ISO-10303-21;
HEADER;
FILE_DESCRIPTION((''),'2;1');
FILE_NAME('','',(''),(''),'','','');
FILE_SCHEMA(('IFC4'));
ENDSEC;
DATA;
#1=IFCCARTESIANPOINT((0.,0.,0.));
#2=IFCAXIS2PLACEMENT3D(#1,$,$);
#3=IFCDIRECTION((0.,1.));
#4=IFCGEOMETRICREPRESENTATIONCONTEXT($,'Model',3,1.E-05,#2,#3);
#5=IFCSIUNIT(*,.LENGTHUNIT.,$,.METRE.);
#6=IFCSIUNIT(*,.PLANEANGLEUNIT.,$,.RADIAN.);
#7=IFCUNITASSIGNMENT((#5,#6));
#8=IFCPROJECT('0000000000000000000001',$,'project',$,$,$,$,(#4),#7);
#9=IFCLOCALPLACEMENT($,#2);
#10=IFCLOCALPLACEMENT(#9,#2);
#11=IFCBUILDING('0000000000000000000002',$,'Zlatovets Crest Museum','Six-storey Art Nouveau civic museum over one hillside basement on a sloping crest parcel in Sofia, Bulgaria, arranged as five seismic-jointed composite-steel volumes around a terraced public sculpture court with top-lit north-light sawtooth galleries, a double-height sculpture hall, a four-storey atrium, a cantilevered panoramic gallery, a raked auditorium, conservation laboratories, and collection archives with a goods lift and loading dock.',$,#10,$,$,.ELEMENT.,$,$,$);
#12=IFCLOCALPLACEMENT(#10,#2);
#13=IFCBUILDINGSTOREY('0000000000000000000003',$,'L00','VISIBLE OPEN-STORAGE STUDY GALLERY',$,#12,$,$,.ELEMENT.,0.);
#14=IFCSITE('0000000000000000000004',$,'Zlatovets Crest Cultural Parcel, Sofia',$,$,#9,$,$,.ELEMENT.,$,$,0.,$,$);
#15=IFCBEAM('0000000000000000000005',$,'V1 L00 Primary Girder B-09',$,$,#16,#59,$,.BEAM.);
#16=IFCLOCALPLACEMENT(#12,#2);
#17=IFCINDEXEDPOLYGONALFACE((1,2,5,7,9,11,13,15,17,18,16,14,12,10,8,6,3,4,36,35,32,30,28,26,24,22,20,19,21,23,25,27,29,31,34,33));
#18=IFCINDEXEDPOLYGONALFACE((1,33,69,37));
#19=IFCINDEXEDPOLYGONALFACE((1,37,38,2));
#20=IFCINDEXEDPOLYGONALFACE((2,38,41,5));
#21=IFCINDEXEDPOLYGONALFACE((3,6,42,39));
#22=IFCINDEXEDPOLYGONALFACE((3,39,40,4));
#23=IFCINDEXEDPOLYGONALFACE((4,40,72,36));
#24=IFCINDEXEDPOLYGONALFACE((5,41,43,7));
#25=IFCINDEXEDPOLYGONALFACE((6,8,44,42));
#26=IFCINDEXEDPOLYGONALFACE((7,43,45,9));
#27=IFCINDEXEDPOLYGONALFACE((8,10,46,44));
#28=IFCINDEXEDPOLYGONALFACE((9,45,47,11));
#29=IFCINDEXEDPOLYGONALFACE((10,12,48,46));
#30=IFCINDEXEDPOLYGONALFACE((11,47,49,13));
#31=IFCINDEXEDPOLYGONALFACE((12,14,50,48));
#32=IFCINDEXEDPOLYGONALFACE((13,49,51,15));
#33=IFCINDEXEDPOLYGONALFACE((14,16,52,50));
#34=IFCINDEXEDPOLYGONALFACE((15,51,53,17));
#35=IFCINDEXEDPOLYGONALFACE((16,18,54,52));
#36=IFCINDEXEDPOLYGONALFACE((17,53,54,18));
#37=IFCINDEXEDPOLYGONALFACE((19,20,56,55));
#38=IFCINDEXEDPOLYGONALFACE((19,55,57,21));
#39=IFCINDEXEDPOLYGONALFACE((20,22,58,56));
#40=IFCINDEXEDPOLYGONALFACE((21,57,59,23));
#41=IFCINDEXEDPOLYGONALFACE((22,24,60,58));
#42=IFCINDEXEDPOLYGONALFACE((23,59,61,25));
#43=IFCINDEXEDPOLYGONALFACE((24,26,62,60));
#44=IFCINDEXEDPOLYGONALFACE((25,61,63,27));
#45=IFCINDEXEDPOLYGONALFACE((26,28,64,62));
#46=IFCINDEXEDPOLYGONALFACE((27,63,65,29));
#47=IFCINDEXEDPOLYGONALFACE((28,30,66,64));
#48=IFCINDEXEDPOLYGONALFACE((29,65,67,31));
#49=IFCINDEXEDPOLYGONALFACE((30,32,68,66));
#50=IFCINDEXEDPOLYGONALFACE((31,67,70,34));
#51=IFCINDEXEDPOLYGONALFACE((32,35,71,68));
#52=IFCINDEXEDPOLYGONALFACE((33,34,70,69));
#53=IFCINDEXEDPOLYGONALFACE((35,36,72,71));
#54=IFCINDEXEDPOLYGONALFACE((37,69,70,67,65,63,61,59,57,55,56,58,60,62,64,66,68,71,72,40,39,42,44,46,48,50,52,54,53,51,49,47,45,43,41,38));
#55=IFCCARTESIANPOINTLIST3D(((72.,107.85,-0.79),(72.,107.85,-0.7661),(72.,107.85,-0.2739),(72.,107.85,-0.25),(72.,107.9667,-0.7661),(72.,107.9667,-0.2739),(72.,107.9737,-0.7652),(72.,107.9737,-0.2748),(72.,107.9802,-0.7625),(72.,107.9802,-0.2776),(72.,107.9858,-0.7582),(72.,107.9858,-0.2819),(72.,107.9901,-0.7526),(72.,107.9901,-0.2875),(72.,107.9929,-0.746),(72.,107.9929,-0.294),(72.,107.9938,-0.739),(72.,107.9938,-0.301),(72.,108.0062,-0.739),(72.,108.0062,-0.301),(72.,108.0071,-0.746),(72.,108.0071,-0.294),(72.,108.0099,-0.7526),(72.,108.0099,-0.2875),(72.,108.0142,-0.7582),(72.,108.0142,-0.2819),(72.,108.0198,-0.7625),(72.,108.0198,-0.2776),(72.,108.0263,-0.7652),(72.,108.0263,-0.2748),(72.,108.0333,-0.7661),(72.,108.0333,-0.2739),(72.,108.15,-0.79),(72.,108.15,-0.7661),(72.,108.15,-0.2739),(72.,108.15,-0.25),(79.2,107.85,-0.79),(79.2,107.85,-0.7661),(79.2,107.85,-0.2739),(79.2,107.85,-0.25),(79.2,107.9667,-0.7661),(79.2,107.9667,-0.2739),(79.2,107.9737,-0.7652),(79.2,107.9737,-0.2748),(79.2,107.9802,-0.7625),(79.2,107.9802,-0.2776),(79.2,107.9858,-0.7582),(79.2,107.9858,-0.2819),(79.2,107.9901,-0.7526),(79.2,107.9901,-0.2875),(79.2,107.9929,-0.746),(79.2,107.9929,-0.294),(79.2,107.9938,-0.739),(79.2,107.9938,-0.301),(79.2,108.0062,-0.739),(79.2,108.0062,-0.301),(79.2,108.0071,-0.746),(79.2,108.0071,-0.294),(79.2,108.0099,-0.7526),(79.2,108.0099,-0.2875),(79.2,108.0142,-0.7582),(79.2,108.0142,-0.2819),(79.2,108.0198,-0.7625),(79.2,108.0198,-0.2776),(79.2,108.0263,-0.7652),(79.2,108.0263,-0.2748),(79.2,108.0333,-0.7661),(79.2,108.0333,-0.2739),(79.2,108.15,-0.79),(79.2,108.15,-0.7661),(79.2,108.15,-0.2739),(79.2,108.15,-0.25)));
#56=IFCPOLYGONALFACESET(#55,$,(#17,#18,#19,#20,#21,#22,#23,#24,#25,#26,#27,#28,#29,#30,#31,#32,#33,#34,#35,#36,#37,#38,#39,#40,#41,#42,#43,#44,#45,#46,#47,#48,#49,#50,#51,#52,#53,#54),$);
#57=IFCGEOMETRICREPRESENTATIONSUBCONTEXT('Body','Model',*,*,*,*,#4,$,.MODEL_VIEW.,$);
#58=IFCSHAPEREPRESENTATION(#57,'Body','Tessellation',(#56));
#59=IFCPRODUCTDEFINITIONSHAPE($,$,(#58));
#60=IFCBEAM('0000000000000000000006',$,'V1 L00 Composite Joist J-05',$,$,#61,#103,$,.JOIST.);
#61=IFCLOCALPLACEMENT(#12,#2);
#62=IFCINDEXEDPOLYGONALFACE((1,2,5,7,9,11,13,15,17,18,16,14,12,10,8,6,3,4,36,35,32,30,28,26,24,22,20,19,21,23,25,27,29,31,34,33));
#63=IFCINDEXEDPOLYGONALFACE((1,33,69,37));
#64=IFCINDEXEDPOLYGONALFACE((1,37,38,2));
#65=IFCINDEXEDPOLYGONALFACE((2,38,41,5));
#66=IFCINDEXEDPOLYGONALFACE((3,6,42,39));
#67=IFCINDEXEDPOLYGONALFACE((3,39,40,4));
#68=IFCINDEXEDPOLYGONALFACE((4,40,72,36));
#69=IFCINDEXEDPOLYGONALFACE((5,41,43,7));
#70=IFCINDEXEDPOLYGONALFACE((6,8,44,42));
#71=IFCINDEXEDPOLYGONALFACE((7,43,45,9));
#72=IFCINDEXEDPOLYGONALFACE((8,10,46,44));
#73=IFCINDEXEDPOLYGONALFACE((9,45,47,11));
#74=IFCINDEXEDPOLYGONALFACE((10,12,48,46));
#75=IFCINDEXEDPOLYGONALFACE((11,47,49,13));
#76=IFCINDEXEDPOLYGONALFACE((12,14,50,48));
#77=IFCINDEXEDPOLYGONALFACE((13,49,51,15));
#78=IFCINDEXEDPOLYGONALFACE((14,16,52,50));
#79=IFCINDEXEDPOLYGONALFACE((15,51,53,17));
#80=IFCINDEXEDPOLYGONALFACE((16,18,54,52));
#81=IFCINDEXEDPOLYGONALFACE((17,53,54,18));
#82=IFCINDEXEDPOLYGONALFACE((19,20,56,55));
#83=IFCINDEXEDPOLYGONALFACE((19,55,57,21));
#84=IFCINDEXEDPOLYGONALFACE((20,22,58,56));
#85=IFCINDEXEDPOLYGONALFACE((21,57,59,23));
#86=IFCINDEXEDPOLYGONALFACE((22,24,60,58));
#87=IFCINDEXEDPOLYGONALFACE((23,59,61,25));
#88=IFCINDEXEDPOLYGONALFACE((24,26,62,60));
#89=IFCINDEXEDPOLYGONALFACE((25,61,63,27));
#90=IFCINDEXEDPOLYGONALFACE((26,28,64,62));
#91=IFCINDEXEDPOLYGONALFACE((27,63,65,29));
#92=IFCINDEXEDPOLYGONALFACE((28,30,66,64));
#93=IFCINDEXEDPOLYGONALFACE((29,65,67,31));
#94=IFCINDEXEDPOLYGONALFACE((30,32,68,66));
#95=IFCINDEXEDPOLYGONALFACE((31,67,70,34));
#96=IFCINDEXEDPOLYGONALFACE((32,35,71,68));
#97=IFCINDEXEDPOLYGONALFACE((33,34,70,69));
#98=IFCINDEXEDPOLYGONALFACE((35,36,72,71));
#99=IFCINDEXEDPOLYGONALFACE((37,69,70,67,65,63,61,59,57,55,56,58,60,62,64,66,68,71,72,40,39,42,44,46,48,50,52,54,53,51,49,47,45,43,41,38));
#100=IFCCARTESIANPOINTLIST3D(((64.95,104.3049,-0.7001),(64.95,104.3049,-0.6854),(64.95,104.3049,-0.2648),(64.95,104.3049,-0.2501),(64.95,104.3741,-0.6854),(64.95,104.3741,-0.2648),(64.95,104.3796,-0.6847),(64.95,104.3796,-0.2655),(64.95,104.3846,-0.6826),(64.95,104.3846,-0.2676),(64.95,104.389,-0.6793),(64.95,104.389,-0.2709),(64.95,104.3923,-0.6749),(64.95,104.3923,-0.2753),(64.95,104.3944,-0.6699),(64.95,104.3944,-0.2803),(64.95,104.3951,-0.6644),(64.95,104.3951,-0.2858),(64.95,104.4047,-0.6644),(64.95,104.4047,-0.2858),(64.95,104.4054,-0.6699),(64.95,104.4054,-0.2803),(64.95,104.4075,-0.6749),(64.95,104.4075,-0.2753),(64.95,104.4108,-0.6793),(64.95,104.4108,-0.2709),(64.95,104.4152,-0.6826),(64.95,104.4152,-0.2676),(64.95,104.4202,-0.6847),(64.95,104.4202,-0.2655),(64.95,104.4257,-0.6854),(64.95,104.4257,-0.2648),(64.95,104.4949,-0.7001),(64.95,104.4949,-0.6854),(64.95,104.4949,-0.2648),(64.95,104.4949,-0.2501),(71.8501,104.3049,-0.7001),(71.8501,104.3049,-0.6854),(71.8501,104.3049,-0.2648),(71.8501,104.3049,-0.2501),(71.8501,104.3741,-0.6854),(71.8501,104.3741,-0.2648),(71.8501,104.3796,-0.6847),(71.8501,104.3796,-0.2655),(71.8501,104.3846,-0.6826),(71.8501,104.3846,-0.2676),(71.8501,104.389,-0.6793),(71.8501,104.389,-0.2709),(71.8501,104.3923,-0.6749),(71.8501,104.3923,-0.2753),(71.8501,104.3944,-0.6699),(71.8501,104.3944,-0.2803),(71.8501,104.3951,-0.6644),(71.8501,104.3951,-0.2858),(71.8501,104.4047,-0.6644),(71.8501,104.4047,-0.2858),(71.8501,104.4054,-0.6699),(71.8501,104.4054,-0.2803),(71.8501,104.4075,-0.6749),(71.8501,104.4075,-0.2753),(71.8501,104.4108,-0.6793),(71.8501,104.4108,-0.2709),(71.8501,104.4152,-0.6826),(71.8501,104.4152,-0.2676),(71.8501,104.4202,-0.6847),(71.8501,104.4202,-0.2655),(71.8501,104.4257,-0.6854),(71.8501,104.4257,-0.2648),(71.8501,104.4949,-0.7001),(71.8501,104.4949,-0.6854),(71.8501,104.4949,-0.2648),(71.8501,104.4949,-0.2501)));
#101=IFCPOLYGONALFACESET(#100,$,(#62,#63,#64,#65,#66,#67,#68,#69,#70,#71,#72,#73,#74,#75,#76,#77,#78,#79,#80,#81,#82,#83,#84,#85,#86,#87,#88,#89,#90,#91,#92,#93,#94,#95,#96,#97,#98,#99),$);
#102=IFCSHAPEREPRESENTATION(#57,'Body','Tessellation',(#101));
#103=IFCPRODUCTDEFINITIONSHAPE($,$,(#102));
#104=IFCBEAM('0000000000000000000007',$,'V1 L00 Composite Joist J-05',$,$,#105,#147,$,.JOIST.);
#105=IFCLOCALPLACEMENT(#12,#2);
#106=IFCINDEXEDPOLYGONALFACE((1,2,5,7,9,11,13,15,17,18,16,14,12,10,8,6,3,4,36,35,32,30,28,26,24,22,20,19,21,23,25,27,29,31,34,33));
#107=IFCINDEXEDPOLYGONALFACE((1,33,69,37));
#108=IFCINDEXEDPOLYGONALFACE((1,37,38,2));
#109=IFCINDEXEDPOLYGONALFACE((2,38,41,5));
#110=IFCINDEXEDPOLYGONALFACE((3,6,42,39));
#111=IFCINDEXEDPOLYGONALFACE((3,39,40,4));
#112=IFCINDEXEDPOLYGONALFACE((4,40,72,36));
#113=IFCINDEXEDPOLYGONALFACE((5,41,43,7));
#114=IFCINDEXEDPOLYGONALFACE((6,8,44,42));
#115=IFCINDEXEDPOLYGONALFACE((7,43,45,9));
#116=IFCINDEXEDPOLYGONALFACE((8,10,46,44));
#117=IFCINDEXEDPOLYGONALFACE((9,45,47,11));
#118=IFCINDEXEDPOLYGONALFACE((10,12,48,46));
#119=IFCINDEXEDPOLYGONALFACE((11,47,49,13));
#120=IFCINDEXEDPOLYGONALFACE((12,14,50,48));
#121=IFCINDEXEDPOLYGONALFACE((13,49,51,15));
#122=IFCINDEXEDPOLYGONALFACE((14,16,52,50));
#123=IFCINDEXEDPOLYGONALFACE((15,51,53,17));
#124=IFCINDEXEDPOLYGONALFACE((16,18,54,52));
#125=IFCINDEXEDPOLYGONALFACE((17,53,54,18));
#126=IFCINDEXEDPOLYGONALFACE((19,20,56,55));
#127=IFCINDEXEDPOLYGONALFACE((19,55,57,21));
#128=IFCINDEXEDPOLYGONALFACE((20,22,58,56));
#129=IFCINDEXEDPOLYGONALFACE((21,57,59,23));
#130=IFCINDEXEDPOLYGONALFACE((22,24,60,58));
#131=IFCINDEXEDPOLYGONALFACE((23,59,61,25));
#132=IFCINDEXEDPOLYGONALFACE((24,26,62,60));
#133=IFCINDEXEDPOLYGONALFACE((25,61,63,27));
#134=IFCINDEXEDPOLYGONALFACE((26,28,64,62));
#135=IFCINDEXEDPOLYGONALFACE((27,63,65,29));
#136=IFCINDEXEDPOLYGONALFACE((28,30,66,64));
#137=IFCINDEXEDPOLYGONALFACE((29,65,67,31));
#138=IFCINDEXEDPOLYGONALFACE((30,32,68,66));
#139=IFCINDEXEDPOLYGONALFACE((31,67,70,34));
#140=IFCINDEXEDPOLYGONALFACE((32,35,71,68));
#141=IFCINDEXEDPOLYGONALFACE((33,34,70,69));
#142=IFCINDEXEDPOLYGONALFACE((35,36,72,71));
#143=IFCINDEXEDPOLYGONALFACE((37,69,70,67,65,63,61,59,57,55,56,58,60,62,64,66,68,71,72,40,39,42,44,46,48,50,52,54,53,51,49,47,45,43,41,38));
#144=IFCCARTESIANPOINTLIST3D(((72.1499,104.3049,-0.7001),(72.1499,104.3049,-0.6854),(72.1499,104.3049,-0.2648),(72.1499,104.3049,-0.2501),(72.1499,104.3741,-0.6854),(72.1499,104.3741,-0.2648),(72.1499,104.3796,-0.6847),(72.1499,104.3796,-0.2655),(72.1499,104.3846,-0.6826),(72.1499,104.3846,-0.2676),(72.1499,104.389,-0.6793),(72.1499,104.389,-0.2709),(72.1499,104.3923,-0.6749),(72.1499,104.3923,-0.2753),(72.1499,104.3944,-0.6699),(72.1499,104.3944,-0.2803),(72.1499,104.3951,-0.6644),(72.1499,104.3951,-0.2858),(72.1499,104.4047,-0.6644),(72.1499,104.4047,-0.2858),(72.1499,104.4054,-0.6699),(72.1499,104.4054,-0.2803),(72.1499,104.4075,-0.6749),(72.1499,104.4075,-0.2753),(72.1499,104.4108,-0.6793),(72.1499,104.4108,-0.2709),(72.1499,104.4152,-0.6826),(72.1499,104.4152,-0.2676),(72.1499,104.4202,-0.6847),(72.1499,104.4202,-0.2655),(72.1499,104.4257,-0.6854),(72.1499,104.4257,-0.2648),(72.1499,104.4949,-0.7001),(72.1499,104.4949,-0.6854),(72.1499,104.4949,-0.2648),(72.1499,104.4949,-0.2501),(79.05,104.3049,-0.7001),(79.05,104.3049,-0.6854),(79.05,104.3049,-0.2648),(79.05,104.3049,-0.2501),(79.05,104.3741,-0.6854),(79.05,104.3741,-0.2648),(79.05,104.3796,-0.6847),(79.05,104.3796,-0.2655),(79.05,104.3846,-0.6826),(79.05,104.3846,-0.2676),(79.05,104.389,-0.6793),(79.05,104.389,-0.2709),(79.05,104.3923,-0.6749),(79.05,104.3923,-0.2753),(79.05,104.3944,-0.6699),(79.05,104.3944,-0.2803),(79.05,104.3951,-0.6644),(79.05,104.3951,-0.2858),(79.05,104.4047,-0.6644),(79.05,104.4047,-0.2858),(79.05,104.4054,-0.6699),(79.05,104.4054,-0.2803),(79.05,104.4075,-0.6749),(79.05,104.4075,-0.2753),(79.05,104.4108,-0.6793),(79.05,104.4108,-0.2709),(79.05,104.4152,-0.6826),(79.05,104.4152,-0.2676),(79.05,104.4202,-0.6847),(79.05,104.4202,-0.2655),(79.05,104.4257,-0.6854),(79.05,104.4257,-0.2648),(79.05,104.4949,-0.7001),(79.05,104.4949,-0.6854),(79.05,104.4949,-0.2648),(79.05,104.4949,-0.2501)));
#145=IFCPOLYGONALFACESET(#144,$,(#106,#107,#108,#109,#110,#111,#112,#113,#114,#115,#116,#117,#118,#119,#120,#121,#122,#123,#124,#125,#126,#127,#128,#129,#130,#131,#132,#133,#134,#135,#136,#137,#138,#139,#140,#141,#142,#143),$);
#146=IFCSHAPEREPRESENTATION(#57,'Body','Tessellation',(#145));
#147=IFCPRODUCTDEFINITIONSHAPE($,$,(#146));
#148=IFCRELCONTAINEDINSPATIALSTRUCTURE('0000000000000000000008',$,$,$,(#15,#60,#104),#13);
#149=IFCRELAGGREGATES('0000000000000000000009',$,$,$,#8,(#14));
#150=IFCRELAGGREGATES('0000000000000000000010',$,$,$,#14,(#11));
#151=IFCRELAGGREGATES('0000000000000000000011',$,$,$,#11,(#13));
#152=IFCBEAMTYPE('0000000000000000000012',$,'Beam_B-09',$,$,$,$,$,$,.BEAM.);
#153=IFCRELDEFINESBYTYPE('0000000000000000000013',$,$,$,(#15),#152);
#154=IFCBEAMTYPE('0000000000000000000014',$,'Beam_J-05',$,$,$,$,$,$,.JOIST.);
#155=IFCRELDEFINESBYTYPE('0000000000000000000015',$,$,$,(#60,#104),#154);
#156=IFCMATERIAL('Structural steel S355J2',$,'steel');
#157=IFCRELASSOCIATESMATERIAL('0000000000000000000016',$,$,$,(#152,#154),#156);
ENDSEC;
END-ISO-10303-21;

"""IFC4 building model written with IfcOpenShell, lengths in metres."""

from ifc_helpers import new_model, si_unit, direction, frame, origin, origin_2d, place, context, subcontext, project, spatial, i_section, extrude, material, material_profile, profile_set, type_object, element, save


model = new_model("IFC4")

# Units and contexts
model_context = context("Model", 3, precision=1e-05, world=origin(), true_north=direction((0.0, 1.0)))
body_context = subcontext(model_context, "Body", "Model", "MODEL_VIEW")
ifc_project = project(units=[si_unit("LENGTHUNIT", "METRE"), si_unit("PLANEANGLEUNIT", "RADIAN")], contexts=[model_context])

# Site, building, storey
site_placement = place(None, origin())
site = spatial("IfcSite", under=ifc_project, at=site_placement, Name="Zlatovets Crest Cultural Parcel, Sofia", CompositionType="ELEMENT", RefElevation=0.0)
building_placement = place(site_placement, origin())
building = spatial("IfcBuilding", under=site, at=building_placement, Name="Zlatovets Crest Museum", Description="Six-storey Art Nouveau civic museum over one hillside basement on a sloping crest parcel in Sofia, Bulgaria, arranged as five seismic-jointed composite-steel volumes around a terraced public sculpture court with top-lit north-light sawtooth galleries, a double-height sculpture hall, a four-storey atrium, a cantilevered panoramic gallery, a raked auditorium, conservation laboratories, and collection archives with a goods lift and loading dock.", CompositionType="ELEMENT")
storey_placement = place(building_placement, origin())
storey = spatial("IfcBuildingStorey", under=building, at=storey_placement, Name="L00", Description="VISIBLE OPEN-STORAGE STUDY GALLERY", CompositionType="ELEMENT", Elevation=0.0)

# Shared definitions
ifc_material_1 = material(Name="Structural steel S355J2", Category="steel")

# Beams
ifc_material_profile_1 = material_profile(ifc_material_1, i_section(OverallWidth=0.3, OverallDepth=0.54, WebThickness=0.0125, FlangeThickness=0.0239, FilletRadius=0.0271, at=origin_2d()), Name="HEA 550")
ifc_profile_set_1 = profile_set([ifc_material_profile_1], Name="Structural steel S355J2")
beam_type_1 = type_object("IfcBeamType", Name="Beam_B-09", PredefinedType="BEAM", material=ifc_profile_set_1)
for number, where, z_axis, x_axis, name in (
    (1, (72.0, 108.0, -0.52), (1.0, 0.0, 0.0), (0.0, 1.0, 0.0), "V1 L00 Primary Girder B-09"),
):
    element("IfcBeam", number, at=place(storey_placement, frame(where, z_axis=z_axis, x_axis=x_axis)), inside=storey, type_object=beam_type_1, Name=name, PredefinedType="BEAM", context=body_context, shape_type="SweptSolid", body=[
        extrude(i_section(OverallWidth=0.3, OverallDepth=0.54, WebThickness=0.0125, FlangeThickness=0.0239, FilletRadius=0.0271, at=origin_2d()), origin(), (0.0, 0.0, 1.0), 7.2),
    ])
ifc_material_profile_2 = material_profile(ifc_material_1, i_section(OverallWidth=0.1899, OverallDepth=0.45, WebThickness=0.0095, FlangeThickness=0.0146, FilletRadius=0.021, at=origin_2d()), Name="IPE 450")
ifc_profile_set_2 = profile_set([ifc_material_profile_2], Name="Structural steel S355J2")
beam_type_2 = type_object("IfcBeamType", Name="Beam_J-05", PredefinedType="JOIST", material=ifc_profile_set_2)
for number, where, z_axis, x_axis, name in (
    (2, (64.95, 104.3999, -0.4751), (1.0, 0.0, 0.0), (0.0, 1.0, 0.0), "V1 L00 Composite Joist J-05"),
    (3, (72.1499, 104.3999, -0.4751), (1.0, 0.0, 0.0), (0.0, 1.0, 0.0), "V1 L00 Composite Joist J-05"),
):
    element("IfcBeam", number, at=place(storey_placement, frame(where, z_axis=z_axis, x_axis=x_axis)), inside=storey, type_object=beam_type_2, Name=name, PredefinedType="JOIST", context=body_context, shape_type="SweptSolid", body=[
        extrude(i_section(OverallWidth=0.1899, OverallDepth=0.45, WebThickness=0.0095, FlangeThickness=0.0146, FilletRadius=0.021, at=origin_2d()), origin(), (0.0, 0.0, 1.0), 6.9001),
    ])

save(model, "model.ifc")
